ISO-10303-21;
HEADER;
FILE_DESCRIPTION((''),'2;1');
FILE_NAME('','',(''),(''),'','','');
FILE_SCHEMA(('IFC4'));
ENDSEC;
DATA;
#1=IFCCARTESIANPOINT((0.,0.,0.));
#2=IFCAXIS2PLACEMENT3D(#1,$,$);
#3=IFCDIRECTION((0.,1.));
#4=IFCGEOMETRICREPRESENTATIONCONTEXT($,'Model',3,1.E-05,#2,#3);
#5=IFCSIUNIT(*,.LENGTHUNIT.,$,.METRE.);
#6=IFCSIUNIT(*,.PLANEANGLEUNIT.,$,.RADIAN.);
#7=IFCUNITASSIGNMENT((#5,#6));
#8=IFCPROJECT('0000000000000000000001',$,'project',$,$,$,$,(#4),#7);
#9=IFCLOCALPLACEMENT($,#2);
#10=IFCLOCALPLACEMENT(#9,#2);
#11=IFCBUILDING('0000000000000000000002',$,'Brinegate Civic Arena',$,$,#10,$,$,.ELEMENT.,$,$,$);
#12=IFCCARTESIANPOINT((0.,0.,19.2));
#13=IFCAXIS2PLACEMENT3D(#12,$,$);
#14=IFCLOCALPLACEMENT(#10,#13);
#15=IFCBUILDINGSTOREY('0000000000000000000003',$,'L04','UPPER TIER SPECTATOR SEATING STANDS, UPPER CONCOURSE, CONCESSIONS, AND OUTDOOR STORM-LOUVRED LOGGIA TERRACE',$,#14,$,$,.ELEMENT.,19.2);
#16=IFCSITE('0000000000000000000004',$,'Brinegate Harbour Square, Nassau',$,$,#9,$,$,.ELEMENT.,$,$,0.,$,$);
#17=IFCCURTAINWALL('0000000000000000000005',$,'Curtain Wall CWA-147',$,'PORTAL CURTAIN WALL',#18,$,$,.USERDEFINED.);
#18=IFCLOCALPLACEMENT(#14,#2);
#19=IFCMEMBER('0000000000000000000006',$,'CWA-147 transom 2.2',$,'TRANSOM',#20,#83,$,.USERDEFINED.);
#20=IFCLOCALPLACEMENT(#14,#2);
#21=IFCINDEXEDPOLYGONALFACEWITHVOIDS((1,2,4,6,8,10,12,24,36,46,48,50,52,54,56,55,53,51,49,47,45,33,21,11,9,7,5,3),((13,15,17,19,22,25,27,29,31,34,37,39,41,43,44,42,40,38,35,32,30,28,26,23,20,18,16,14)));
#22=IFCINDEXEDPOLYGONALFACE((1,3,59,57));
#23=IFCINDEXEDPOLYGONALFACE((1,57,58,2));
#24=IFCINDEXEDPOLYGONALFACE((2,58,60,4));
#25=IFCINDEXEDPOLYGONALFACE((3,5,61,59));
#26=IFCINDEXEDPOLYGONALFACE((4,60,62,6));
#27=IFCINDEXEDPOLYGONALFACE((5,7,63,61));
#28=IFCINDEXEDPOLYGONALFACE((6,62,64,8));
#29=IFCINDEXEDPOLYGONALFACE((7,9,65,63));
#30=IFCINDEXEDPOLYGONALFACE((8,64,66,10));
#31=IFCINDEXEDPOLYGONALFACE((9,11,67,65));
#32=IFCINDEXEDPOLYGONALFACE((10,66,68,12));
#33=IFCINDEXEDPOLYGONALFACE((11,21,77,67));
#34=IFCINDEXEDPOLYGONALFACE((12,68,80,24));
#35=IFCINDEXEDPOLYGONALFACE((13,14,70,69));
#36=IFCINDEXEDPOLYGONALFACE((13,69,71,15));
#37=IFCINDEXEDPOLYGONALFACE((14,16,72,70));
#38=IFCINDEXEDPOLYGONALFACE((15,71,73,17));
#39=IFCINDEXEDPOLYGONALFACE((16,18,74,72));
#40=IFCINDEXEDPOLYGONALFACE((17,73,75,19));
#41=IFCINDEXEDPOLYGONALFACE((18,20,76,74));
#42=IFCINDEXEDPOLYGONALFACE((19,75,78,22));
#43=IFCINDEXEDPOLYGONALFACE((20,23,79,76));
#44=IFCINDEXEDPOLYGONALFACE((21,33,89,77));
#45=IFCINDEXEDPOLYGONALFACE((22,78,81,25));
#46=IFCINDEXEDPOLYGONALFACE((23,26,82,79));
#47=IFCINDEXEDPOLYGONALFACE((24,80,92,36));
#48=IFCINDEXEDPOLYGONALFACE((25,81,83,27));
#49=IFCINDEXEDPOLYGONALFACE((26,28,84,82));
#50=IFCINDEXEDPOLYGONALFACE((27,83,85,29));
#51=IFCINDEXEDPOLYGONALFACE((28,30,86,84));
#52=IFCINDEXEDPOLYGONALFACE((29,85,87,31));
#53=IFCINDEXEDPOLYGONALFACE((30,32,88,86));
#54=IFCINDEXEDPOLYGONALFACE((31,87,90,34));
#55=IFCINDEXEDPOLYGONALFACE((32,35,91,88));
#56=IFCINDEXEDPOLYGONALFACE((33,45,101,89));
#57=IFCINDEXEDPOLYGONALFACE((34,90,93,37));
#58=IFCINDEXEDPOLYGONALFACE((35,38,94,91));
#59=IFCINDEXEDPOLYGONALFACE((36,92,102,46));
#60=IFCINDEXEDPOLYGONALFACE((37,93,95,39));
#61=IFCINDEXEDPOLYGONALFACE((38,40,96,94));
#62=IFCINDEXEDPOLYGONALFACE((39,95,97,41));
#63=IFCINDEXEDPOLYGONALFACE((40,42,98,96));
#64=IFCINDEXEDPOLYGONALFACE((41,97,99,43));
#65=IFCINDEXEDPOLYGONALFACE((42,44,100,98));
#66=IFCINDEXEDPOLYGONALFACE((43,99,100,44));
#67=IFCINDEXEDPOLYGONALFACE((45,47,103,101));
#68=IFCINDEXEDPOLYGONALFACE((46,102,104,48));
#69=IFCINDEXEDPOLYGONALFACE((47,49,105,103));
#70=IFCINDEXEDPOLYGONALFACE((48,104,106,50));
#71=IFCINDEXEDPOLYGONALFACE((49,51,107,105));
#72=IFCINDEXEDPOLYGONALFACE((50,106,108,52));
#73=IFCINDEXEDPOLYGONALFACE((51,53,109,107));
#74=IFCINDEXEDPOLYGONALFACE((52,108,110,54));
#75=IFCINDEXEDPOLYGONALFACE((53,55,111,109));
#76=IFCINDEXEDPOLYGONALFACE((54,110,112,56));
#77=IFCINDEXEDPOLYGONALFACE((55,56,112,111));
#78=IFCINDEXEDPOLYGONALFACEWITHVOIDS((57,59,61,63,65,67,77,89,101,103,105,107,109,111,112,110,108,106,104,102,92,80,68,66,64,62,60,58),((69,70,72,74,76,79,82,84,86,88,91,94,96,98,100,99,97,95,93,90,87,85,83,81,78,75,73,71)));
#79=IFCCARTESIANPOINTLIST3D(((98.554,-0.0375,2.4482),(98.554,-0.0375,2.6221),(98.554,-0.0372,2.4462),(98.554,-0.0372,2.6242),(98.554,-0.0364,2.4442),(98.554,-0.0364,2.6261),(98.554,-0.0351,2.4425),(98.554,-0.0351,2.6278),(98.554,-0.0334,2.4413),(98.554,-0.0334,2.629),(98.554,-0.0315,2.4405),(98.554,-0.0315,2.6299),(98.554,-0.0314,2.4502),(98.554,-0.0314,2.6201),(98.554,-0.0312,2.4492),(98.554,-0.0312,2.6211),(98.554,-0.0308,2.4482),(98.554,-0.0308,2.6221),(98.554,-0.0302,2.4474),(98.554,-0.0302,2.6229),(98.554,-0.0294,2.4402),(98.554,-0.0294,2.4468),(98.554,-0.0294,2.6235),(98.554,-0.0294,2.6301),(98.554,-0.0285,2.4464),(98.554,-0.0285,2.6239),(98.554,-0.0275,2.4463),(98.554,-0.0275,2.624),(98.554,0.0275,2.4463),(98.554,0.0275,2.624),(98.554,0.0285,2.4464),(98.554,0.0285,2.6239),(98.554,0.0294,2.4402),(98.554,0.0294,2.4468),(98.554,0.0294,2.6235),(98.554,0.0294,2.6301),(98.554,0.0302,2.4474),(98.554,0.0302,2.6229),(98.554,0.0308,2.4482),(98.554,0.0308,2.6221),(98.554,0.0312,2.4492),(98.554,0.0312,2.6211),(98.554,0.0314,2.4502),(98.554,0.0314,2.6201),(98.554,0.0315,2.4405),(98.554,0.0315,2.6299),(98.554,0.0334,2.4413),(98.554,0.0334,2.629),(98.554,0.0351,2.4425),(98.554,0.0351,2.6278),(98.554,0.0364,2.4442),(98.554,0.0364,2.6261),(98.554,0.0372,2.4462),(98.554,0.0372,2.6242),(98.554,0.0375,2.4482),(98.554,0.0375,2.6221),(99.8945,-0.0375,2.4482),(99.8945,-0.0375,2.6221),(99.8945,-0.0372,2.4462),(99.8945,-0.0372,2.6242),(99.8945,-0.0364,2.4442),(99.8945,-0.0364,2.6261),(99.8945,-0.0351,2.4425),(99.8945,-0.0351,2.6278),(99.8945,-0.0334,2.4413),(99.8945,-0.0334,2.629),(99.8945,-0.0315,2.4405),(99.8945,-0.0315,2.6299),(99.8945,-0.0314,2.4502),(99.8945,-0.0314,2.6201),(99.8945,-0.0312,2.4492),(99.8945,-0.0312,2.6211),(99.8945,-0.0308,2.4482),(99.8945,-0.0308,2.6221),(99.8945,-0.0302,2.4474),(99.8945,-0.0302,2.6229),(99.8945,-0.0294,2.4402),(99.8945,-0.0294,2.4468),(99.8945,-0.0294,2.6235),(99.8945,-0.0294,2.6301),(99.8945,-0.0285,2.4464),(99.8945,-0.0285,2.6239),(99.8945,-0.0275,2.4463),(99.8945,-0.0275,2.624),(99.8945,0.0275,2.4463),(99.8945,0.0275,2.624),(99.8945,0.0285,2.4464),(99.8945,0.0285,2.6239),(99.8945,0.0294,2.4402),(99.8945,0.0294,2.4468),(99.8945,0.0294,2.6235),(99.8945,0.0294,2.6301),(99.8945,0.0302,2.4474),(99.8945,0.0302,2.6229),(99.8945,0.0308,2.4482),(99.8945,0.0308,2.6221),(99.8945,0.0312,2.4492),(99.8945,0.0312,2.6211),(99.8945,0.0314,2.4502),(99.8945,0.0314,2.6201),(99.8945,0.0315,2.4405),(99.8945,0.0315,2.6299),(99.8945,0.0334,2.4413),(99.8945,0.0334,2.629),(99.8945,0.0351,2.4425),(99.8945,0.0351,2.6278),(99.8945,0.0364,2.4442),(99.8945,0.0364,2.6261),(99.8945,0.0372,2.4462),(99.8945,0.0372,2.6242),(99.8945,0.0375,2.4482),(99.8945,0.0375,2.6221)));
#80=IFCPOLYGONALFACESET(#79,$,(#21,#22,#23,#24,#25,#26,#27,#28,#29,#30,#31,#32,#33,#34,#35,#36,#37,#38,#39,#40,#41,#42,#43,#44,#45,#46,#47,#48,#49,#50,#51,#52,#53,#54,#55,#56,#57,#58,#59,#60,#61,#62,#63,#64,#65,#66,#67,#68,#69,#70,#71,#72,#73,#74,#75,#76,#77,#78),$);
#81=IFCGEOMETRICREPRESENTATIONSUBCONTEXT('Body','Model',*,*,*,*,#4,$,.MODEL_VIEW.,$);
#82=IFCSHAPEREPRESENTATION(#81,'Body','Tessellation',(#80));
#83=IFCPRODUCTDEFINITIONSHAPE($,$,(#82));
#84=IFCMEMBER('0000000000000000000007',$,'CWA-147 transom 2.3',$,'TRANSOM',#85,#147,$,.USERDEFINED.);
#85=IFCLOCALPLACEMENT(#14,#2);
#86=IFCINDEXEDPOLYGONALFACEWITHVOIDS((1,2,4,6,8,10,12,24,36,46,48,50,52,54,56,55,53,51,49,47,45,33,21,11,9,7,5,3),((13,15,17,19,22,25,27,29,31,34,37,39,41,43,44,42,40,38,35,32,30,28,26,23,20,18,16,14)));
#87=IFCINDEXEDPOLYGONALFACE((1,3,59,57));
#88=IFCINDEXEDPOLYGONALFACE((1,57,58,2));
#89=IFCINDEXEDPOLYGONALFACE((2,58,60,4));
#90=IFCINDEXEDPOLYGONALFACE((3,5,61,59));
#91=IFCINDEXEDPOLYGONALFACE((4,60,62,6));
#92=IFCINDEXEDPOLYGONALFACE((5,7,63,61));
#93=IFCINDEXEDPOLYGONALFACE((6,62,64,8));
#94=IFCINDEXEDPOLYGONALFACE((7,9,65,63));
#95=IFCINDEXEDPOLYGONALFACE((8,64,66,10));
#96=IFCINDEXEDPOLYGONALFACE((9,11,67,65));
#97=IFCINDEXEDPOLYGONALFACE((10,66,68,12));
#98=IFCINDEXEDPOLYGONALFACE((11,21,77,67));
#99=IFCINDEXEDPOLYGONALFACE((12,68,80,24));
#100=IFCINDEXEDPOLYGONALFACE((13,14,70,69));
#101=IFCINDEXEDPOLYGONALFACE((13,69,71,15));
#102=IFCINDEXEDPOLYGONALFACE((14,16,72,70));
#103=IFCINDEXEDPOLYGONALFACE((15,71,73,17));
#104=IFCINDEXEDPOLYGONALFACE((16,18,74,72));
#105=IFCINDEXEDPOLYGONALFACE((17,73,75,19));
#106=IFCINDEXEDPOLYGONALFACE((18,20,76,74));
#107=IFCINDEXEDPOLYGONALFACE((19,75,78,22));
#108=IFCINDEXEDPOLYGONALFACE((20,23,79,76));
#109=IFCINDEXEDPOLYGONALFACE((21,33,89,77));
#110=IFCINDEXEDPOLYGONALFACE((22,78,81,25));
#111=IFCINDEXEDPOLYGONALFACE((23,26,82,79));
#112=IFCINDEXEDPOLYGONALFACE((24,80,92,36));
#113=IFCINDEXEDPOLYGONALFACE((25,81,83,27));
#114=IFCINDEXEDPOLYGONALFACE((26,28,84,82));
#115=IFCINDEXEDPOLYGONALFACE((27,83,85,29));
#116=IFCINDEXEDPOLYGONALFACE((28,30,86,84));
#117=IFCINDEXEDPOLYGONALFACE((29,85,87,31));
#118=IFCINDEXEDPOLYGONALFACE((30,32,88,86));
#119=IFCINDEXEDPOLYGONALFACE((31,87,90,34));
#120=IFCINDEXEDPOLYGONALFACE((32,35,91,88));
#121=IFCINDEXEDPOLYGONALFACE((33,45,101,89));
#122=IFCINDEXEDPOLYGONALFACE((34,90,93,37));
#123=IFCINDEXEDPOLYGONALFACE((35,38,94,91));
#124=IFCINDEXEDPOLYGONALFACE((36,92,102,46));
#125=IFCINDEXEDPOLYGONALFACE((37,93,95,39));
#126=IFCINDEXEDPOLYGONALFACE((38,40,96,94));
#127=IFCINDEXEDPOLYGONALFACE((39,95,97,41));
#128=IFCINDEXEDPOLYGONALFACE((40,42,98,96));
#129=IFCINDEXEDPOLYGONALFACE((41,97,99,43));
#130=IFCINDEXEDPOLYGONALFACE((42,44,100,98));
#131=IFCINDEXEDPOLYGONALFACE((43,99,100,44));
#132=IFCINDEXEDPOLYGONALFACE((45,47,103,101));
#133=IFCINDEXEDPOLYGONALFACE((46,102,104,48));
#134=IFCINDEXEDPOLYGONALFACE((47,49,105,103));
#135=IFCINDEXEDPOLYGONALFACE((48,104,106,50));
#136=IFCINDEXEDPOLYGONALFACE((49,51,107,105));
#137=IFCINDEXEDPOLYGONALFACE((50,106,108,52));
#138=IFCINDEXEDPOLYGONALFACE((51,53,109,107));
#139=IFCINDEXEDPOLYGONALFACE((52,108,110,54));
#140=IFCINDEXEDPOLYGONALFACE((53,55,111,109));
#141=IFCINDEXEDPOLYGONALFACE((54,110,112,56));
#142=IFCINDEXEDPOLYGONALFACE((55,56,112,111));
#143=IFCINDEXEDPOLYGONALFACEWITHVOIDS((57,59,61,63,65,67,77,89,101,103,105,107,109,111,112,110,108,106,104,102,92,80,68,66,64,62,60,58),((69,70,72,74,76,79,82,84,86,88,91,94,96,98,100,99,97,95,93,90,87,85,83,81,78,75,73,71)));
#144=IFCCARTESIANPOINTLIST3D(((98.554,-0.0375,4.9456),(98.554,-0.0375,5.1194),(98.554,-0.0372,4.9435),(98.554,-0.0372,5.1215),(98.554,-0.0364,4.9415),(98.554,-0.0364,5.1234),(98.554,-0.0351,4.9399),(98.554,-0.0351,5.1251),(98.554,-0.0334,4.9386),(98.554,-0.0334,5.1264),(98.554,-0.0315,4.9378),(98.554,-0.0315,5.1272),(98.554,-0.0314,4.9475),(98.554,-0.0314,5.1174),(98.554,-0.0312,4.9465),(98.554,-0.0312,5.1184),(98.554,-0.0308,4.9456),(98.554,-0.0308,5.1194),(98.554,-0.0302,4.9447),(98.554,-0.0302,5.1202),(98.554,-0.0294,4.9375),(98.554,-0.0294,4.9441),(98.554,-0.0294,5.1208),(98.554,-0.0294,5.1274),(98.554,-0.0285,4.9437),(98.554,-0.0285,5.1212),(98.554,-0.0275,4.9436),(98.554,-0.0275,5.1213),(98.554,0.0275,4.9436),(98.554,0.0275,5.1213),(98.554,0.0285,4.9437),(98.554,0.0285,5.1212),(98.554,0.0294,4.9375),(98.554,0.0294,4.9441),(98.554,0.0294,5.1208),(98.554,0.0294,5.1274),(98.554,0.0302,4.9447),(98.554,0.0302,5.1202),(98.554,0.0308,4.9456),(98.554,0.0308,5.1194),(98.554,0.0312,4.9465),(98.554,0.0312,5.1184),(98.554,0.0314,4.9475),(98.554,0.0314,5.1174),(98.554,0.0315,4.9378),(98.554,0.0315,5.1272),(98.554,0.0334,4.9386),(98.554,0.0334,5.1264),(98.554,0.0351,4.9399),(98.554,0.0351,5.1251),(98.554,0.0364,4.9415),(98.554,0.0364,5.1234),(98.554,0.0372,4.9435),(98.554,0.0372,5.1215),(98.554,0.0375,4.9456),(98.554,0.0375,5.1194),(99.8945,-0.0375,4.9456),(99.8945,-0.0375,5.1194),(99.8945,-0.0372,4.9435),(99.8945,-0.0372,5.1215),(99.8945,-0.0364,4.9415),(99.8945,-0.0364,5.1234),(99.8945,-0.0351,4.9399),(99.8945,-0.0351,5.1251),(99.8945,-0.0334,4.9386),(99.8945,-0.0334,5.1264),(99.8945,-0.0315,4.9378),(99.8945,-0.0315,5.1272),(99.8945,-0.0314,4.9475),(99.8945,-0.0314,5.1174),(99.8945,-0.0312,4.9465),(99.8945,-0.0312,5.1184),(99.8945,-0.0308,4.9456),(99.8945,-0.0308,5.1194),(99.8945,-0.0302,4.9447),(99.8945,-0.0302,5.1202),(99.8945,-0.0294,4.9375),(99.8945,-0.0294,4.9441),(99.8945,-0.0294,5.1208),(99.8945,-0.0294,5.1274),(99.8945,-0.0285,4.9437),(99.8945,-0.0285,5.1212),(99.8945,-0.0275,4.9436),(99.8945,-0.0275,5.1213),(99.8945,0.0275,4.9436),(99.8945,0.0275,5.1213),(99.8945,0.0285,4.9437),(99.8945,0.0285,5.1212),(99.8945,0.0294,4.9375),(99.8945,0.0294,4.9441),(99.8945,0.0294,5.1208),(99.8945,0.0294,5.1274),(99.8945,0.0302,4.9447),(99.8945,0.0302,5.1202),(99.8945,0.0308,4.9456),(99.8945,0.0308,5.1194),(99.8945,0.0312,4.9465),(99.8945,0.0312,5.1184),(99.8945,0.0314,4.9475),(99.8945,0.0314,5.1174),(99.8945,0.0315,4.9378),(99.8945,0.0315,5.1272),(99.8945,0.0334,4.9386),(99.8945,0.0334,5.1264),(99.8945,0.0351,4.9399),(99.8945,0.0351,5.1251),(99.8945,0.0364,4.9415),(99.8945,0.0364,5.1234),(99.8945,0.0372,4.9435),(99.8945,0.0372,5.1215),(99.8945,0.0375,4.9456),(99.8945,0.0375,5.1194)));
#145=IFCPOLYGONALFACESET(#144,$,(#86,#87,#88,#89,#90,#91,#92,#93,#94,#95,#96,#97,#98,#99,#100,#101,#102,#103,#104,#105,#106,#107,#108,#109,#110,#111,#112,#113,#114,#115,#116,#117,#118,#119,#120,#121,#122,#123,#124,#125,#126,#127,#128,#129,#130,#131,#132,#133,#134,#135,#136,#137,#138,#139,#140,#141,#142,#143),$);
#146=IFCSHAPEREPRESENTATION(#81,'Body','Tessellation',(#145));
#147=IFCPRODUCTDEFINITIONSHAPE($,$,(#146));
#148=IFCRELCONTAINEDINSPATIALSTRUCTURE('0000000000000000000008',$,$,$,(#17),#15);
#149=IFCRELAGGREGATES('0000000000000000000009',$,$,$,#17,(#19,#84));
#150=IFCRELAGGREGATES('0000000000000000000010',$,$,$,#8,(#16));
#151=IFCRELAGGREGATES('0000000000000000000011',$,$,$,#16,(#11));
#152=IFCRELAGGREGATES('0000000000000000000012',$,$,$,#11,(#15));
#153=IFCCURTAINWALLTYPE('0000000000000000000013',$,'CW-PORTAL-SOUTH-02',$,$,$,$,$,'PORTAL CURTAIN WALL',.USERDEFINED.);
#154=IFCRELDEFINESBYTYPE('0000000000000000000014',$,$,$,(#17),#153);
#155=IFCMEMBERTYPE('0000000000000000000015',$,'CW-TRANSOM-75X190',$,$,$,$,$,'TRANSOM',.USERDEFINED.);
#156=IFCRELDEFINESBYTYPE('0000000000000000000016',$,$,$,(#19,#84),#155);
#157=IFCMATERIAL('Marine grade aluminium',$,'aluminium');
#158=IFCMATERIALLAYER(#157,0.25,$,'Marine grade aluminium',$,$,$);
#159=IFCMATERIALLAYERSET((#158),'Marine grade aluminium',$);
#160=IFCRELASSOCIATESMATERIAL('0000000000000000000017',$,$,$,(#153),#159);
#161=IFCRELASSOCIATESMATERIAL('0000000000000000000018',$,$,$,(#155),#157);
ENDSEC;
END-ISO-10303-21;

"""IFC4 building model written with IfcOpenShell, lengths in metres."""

from ifc_helpers import new_model, si_unit, direction, frame, origin, origin_2d, place, context, subcontext, project, spatial, hollow_rectangle, extrude, material, layer, layer_set, material_profile, profile_set, type_object, element, aggregate, save


model = new_model("IFC4")

# Units and contexts
model_context = context("Model", 3, precision=1e-05, world=origin(), true_north=direction((0.0, 1.0)))
body_context = subcontext(model_context, "Body", "Model", "MODEL_VIEW")
ifc_project = project(units=[si_unit("LENGTHUNIT", "METRE"), si_unit("PLANEANGLEUNIT", "RADIAN")], contexts=[model_context])

# Site, building, storey
site_placement = place(None, origin())
site = spatial("IfcSite", under=ifc_project, at=site_placement, Name="Brinegate Harbour Square, Nassau", CompositionType="ELEMENT", RefElevation=0.0)
building_placement = place(site_placement, origin())
building = spatial("IfcBuilding", under=site, at=building_placement, Name="Brinegate Civic Arena", CompositionType="ELEMENT")
storey_placement = place(building_placement, frame((0.0, 0.0, 19.2)))
storey = spatial("IfcBuildingStorey", under=building, at=storey_placement, Name="L04", Description="UPPER TIER SPECTATOR SEATING STANDS, UPPER CONCOURSE, CONCESSIONS, AND OUTDOOR STORM-LOUVRED LOGGIA TERRACE", CompositionType="ELEMENT", Elevation=19.2)

# Curtain wall, members
ifc_material_1 = material(Name="Marine grade aluminium", Category="aluminium")
ifc_layer_1 = layer(ifc_material_1, 0.25, Name="Marine grade aluminium")
ifc_layer_set_1 = layer_set([ifc_layer_1], Name="Marine grade aluminium")
curtain_wall_type = type_object("IfcCurtainWallType", Name="CW-PORTAL-SOUTH-02", ElementType="PORTAL CURTAIN WALL", PredefinedType="USERDEFINED", material=ifc_layer_set_1)
curtain_wall_placement = place(storey_placement, origin())
curtain_wall = element("IfcCurtainWall", 1, at=curtain_wall_placement, inside=storey, type_object=curtain_wall_type, Name="Curtain Wall CWA-147", ObjectType="PORTAL CURTAIN WALL", PredefinedType="USERDEFINED")
ifc_material_profile_1 = material_profile(ifc_material_1, hollow_rectangle(XDim=0.075, YDim=0.1899, WallThickness=0.0061, InnerFilletRadius=0.0039, OuterFilletRadius=0.0081, at=origin_2d()), Name="TRN75X190")
ifc_profile_set_1 = profile_set([ifc_material_profile_1], Name="Marine grade aluminium")
member_type_1 = type_object("IfcMemberType", Name="CW-TRANSOM-75X190", ElementType="TRANSOM", PredefinedType="USERDEFINED", material=ifc_profile_set_1)
member_1_placement = place(storey_placement, frame((98.554, 0.0, 2.5352), z_axis=(1.0, 0.0, 0.0), x_axis=(0.0, 1.0, 0.0)))
member_1 = element("IfcMember", 2, at=member_1_placement, type_object=member_type_1, Name="CWA-147 transom 2.2", ObjectType="TRANSOM", PredefinedType="USERDEFINED", context=body_context, shape_type="SweptSolid", body=[
    extrude(hollow_rectangle(XDim=0.075, YDim=0.1899, WallThickness=0.0061, InnerFilletRadius=0.0039, OuterFilletRadius=0.0081, at=origin_2d()), origin(), (0.0, 0.0, 1.0), 1.3406),
])
member_2_placement = place(storey_placement, frame((98.554, 0.0, 5.0325), z_axis=(1.0, 0.0, 0.0), x_axis=(0.0, 1.0, 0.0)))
member_2 = element("IfcMember", 3, at=member_2_placement, type_object=member_type_1, Name="CWA-147 transom 2.3", ObjectType="TRANSOM", PredefinedType="USERDEFINED", context=body_context, shape_type="SweptSolid", body=[
    extrude(hollow_rectangle(XDim=0.075, YDim=0.1899, WallThickness=0.0061, InnerFilletRadius=0.0039, OuterFilletRadius=0.0081, at=origin_2d()), origin(), (0.0, 0.0, 1.0), 1.3406),
])
aggregate(curtain_wall, [member_1, member_2])

save(model, "model.ifc")
